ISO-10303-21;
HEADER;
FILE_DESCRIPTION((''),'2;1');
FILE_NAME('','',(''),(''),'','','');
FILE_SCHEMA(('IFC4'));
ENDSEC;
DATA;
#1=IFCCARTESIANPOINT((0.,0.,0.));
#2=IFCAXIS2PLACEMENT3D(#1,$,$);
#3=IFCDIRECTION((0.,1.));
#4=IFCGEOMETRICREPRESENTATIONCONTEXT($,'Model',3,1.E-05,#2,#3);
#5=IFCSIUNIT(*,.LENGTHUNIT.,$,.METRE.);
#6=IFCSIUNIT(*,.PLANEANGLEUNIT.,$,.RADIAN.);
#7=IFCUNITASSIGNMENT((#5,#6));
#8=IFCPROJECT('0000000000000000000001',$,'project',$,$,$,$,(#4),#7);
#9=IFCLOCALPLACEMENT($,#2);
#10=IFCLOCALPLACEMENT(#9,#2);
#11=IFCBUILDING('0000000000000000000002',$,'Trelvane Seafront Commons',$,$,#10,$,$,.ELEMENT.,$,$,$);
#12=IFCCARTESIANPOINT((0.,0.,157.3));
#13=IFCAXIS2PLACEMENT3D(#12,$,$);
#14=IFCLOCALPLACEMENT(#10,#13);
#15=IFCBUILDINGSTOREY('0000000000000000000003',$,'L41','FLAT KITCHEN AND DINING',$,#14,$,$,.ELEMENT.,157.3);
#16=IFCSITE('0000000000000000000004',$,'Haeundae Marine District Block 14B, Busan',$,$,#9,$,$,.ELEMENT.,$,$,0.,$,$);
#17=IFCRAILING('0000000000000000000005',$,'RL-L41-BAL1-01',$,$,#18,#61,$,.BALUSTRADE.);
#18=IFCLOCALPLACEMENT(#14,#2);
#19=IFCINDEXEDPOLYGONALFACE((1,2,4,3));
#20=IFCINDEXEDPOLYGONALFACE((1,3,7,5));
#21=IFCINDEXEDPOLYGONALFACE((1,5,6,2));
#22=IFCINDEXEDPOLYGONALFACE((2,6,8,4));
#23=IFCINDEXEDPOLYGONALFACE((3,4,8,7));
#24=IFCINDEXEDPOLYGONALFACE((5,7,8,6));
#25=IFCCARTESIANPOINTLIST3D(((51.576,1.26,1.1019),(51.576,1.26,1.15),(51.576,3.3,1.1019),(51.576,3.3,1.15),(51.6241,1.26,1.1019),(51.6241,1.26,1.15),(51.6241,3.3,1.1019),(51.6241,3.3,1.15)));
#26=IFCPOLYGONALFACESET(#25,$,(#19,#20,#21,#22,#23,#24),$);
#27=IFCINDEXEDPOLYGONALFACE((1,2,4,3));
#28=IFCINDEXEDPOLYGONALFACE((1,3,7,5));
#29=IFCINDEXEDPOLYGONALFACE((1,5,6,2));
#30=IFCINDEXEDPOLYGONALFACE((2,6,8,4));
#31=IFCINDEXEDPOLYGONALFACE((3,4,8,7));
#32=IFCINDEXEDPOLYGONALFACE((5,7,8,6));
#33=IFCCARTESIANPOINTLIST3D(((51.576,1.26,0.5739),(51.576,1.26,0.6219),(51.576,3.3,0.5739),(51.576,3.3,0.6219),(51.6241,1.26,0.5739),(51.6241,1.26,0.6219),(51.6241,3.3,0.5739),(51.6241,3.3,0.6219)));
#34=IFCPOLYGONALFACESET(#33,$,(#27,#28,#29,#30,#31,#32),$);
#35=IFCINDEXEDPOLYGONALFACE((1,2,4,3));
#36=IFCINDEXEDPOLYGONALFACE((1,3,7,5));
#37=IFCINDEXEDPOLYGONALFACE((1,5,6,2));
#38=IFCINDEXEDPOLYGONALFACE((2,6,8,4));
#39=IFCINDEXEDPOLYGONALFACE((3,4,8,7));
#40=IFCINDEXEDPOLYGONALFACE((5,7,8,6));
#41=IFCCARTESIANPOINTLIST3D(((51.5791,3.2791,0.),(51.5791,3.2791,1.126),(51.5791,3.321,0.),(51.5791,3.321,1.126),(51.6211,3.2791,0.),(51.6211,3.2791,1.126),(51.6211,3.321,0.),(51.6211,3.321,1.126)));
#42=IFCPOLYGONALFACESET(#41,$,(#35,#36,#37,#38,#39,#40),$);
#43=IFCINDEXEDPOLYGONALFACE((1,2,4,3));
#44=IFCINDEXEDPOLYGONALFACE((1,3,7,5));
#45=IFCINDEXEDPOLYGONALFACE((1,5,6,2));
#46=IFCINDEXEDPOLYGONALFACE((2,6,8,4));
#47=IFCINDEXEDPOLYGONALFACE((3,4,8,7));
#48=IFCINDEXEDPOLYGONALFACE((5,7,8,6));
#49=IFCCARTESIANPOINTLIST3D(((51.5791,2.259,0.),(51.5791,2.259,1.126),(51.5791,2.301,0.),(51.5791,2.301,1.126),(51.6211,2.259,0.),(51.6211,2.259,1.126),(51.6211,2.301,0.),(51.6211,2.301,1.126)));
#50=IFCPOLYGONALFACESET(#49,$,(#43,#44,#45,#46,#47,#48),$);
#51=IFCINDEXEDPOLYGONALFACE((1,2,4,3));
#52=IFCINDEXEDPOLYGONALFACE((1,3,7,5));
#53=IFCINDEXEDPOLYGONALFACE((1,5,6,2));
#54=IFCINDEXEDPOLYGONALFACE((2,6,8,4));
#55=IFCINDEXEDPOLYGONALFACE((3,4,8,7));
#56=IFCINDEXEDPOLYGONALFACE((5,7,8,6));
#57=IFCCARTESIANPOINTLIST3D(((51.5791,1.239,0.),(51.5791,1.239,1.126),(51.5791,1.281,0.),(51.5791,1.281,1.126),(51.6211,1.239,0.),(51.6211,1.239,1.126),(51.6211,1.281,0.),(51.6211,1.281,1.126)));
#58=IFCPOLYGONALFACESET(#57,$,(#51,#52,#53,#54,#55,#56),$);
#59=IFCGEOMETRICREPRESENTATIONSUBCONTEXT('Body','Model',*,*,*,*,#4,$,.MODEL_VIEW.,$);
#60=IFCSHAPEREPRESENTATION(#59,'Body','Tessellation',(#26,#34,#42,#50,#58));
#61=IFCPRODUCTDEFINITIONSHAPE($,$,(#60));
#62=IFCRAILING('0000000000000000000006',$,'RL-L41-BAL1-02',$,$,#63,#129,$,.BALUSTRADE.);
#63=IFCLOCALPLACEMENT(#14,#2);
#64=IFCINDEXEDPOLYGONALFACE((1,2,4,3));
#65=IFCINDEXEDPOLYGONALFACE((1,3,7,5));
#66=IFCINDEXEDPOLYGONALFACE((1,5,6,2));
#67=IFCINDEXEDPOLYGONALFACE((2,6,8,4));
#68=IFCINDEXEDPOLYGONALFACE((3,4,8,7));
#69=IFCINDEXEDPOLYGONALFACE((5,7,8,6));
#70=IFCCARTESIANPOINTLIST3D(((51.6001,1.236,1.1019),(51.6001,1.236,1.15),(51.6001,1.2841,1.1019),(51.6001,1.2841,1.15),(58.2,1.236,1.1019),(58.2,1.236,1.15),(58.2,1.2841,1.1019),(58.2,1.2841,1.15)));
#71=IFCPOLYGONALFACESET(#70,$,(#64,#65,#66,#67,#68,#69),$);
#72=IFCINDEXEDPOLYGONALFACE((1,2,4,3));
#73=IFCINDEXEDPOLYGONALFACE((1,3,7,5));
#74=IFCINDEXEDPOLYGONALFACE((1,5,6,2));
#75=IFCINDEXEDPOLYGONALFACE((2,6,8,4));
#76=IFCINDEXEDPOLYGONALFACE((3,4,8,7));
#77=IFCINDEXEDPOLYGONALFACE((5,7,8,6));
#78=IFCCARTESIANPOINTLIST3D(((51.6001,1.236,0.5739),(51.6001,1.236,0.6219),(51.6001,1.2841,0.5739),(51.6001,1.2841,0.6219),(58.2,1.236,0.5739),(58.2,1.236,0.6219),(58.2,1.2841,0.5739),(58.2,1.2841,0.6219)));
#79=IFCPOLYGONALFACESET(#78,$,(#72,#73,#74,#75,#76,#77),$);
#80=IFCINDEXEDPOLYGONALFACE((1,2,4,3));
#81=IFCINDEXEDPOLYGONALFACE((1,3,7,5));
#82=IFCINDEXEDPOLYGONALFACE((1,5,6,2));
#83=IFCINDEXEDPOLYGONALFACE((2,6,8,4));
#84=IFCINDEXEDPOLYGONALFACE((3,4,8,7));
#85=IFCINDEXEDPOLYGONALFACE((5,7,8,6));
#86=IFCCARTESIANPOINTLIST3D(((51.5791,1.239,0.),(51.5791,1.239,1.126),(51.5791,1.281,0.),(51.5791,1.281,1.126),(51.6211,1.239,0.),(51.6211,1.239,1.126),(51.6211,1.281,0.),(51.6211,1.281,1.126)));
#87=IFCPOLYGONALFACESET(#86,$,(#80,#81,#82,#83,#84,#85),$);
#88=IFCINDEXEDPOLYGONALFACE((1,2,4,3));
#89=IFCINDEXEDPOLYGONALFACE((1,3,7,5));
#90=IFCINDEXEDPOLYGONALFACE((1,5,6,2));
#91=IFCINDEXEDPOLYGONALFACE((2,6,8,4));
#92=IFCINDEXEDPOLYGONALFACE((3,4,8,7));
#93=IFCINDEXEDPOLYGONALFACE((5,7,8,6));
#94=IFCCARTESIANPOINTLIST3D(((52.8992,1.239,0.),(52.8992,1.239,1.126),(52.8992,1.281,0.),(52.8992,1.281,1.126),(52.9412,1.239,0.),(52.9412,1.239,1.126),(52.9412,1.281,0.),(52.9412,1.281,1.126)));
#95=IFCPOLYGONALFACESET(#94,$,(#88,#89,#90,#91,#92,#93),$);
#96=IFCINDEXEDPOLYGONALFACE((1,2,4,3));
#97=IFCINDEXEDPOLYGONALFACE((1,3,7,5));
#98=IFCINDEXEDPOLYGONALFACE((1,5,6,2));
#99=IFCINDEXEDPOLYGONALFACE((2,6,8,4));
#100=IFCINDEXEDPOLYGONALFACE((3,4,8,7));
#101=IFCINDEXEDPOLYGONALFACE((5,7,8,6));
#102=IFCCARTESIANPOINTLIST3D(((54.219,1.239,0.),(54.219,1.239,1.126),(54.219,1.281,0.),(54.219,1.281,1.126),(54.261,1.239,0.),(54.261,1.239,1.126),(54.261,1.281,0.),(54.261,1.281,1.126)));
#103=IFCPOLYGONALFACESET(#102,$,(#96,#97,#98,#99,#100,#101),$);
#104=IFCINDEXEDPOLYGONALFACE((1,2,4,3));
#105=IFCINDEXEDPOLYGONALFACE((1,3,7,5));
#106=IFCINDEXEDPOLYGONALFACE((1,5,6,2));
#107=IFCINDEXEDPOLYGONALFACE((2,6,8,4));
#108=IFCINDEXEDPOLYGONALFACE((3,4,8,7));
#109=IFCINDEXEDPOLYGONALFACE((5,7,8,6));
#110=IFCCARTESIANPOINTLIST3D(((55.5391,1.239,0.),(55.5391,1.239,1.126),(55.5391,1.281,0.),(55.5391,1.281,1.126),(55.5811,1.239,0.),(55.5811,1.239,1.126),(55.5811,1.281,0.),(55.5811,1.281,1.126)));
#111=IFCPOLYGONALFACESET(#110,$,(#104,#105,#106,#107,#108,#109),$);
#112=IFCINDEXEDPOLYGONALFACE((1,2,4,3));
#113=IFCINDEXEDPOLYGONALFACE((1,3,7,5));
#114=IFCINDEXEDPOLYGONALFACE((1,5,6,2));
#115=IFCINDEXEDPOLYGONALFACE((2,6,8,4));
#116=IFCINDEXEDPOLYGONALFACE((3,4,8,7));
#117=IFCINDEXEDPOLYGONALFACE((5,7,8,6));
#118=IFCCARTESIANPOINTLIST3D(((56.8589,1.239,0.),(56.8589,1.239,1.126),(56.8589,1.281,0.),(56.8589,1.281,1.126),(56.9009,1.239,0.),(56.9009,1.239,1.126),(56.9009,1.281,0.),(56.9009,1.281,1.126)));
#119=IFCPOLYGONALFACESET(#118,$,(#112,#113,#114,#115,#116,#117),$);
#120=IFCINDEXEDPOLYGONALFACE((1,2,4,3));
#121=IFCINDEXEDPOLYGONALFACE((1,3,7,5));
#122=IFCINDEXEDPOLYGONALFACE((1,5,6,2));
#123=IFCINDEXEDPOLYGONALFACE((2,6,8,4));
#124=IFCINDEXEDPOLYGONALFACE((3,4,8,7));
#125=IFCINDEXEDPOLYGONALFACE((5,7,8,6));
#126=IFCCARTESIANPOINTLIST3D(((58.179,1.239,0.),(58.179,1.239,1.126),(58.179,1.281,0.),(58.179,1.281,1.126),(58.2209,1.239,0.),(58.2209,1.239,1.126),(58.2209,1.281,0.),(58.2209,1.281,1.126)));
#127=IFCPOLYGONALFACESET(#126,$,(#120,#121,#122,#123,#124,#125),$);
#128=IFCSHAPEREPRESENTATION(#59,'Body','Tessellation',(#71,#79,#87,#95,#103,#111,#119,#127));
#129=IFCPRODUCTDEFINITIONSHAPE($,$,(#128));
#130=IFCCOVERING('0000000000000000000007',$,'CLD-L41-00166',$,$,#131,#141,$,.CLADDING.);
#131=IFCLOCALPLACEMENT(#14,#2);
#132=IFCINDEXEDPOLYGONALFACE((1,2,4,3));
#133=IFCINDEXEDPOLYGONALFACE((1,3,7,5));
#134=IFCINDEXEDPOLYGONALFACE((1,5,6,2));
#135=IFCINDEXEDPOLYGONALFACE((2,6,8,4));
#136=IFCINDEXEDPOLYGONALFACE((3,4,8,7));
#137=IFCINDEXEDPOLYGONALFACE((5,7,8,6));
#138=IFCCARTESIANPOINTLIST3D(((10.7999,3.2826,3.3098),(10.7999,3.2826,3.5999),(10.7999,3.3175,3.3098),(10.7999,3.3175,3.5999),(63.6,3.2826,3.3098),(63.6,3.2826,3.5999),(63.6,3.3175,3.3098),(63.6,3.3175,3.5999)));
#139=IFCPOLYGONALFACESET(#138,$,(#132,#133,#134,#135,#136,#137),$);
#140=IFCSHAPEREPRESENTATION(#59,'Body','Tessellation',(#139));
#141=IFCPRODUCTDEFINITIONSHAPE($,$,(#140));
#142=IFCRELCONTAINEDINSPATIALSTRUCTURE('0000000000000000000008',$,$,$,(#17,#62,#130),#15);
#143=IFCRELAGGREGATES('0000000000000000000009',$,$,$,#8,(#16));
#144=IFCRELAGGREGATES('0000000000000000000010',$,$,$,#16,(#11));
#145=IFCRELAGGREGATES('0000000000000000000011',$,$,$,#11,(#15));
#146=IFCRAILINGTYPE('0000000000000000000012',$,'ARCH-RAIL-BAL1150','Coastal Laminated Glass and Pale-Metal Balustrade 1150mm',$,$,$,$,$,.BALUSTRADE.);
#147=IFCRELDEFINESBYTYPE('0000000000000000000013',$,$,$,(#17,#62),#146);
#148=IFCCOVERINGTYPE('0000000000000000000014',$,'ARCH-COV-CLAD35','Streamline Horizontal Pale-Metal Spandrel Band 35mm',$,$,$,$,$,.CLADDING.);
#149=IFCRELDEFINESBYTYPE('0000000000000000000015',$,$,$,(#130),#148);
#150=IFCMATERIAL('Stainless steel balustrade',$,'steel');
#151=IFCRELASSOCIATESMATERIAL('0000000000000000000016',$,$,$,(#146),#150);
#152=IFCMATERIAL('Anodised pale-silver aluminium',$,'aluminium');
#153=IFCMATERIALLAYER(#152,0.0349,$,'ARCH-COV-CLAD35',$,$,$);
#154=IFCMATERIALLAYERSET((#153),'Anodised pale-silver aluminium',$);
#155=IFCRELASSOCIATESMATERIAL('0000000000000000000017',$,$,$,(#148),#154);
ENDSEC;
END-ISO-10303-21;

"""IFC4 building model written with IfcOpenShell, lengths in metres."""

from ifc_helpers import new_model, si_unit, direction, frame, origin, origin_2d, place, context, subcontext, project, spatial, rectangle, extrude, source, transform, mapped, material, layer, layer_set, type_object, element, save


model = new_model("IFC4")

# Units and contexts
model_context = context("Model", 3, precision=1e-05, world=origin(), true_north=direction((0.0, 1.0)))
body_context = subcontext(model_context, "Body", "Model", "MODEL_VIEW")
ifc_project = project(units=[si_unit("LENGTHUNIT", "METRE"), si_unit("PLANEANGLEUNIT", "RADIAN")], contexts=[model_context])

# Site, building, storey
site_placement = place(None, origin())
site = spatial("IfcSite", under=ifc_project, at=site_placement, Name="Haeundae Marine District Block 14B, Busan", CompositionType="ELEMENT", RefElevation=0.0)
building_placement = place(site_placement, origin())
building = spatial("IfcBuilding", under=site, at=building_placement, Name="Trelvane Seafront Commons", CompositionType="ELEMENT")
storey_placement = place(building_placement, frame((0.0, 0.0, 157.3)))
storey = spatial("IfcBuildingStorey", under=building, at=storey_placement, Name="L41", Description="FLAT KITCHEN AND DINING", CompositionType="ELEMENT", Elevation=157.3)

# Shared definitions
ifc_material_1 = material(Name="Anodised pale-silver aluminium", Category="aluminium")

# Railings
ifc_material_2 = material(Name="Stainless steel balustrade", Category="steel")
railing_type = type_object("IfcRailingType", Name="ARCH-RAIL-BAL1150", Description="Coastal Laminated Glass and Pale-Metal Balustrade 1150mm", PredefinedType="BALUSTRADE", material=ifc_material_2)
railing_1_placement = place(storey_placement, frame((51.6001, 3.3, 0.0)))
element("IfcRailing", 1, at=railing_1_placement, inside=storey, type_object=railing_type, Name="RL-L41-BAL1-01", PredefinedType="BALUSTRADE", context=body_context, shape_type="SweptSolid", body=[
    extrude(rectangle(XDim=0.0481, YDim=0.0481, at=origin_2d()), frame((0.0, 0.0, 1.126), z_axis=(0.0, -1.0, 0.0), x_axis=(1.0, 0.0, 0.0)), (0.0, 0.0, 1.0), 2.04),
    extrude(rectangle(XDim=0.0481, YDim=0.0481, at=origin_2d()), frame((0.0, 0.0, 0.5979), z_axis=(0.0, -1.0, 0.0), x_axis=(1.0, 0.0, 0.0)), (0.0, 0.0, 1.0), 2.04),
    extrude(rectangle(XDim=0.042, YDim=0.042, at=origin_2d()), origin(), (0.0, 0.0, 1.0), 1.126),
    extrude(rectangle(XDim=0.042, YDim=0.042, at=origin_2d()), frame((0.0, -1.02, 0.0)), (0.0, 0.0, 1.0), 1.126),
    extrude(rectangle(XDim=0.042, YDim=0.042, at=origin_2d()), frame((0.0, -2.04, 0.0)), (0.0, 0.0, 1.0), 1.126),
])
railing_2_placement = place(storey_placement, frame((51.6001, 1.26, 0.0)))
element("IfcRailing", 2, at=railing_2_placement, inside=storey, type_object=railing_type, Name="RL-L41-BAL1-02", PredefinedType="BALUSTRADE", context=body_context, shape_type="SweptSolid", body=[
    extrude(rectangle(XDim=0.0481, YDim=0.0481, at=origin_2d()), frame((0.0, 0.0, 1.126), z_axis=(1.0, 0.0, 0.0), x_axis=(0.0, 1.0, 0.0)), (0.0, 0.0, 1.0), 6.5999),
    extrude(rectangle(XDim=0.0481, YDim=0.0481, at=origin_2d()), frame((0.0, 0.0, 0.5979), z_axis=(1.0, 0.0, 0.0), x_axis=(0.0, 1.0, 0.0)), (0.0, 0.0, 1.0), 6.5999),
    extrude(rectangle(XDim=0.042, YDim=0.042, at=origin_2d()), origin(), (0.0, 0.0, 1.0), 1.126),
    extrude(rectangle(XDim=0.042, YDim=0.042, at=origin_2d()), frame((1.3201, 0.0, 0.0)), (0.0, 0.0, 1.0), 1.126),
    extrude(rectangle(XDim=0.042, YDim=0.042, at=origin_2d()), frame((2.6399, 0.0, 0.0)), (0.0, 0.0, 1.0), 1.126),
    extrude(rectangle(XDim=0.042, YDim=0.042, at=origin_2d()), frame((3.96, 0.0, 0.0)), (0.0, 0.0, 1.0), 1.126),
    extrude(rectangle(XDim=0.042, YDim=0.042, at=origin_2d()), frame((5.2798, 0.0, 0.0)), (0.0, 0.0, 1.0), 1.126),
    extrude(rectangle(XDim=0.042, YDim=0.042, at=origin_2d()), frame((6.5999, 0.0, 0.0)), (0.0, 0.0, 1.0), 1.126),
])

# Covering
ifc_layer_1 = layer(ifc_material_1, 0.0349, Name="ARCH-COV-CLAD35")
ifc_layer_set_1 = layer_set([ifc_layer_1], Name="Anodised pale-silver aluminium")
covering_type = type_object("IfcCoveringType", Name="ARCH-COV-CLAD35", Description="Streamline Horizontal Pale-Metal Spandrel Band 35mm", PredefinedType="CLADDING", material=ifc_layer_set_1)
shared_shape_1 = source(origin(), body_context, "Body", "SweptSolid", [
    extrude(rectangle(XDim=52.8, YDim=0.0349, at=origin_2d()), origin(), (0.0, 0.0, 1.0), 0.29),
])
covering_placement = place(storey_placement, frame((37.2, 3.3, 3.3098), z_axis=(0.0, 0.0, 1.0), x_axis=(-1.0, 0.0, 0.0)))
element("IfcCovering", 3, at=covering_placement, inside=storey, type_object=covering_type, Name="CLD-L41-00166", PredefinedType="CLADDING", context=body_context, shape_type="MappedRepresentation", body=[
    mapped(shared_shape_1, transform((0.0, 0.0, 0.0), x_axis=(1.0, 0.0, 0.0), y_axis=(0.0, 1.0, 0.0), z_axis=(0.0, 0.0, 1.0), scale=1.0)),
])

save(model, "model.ifc")
